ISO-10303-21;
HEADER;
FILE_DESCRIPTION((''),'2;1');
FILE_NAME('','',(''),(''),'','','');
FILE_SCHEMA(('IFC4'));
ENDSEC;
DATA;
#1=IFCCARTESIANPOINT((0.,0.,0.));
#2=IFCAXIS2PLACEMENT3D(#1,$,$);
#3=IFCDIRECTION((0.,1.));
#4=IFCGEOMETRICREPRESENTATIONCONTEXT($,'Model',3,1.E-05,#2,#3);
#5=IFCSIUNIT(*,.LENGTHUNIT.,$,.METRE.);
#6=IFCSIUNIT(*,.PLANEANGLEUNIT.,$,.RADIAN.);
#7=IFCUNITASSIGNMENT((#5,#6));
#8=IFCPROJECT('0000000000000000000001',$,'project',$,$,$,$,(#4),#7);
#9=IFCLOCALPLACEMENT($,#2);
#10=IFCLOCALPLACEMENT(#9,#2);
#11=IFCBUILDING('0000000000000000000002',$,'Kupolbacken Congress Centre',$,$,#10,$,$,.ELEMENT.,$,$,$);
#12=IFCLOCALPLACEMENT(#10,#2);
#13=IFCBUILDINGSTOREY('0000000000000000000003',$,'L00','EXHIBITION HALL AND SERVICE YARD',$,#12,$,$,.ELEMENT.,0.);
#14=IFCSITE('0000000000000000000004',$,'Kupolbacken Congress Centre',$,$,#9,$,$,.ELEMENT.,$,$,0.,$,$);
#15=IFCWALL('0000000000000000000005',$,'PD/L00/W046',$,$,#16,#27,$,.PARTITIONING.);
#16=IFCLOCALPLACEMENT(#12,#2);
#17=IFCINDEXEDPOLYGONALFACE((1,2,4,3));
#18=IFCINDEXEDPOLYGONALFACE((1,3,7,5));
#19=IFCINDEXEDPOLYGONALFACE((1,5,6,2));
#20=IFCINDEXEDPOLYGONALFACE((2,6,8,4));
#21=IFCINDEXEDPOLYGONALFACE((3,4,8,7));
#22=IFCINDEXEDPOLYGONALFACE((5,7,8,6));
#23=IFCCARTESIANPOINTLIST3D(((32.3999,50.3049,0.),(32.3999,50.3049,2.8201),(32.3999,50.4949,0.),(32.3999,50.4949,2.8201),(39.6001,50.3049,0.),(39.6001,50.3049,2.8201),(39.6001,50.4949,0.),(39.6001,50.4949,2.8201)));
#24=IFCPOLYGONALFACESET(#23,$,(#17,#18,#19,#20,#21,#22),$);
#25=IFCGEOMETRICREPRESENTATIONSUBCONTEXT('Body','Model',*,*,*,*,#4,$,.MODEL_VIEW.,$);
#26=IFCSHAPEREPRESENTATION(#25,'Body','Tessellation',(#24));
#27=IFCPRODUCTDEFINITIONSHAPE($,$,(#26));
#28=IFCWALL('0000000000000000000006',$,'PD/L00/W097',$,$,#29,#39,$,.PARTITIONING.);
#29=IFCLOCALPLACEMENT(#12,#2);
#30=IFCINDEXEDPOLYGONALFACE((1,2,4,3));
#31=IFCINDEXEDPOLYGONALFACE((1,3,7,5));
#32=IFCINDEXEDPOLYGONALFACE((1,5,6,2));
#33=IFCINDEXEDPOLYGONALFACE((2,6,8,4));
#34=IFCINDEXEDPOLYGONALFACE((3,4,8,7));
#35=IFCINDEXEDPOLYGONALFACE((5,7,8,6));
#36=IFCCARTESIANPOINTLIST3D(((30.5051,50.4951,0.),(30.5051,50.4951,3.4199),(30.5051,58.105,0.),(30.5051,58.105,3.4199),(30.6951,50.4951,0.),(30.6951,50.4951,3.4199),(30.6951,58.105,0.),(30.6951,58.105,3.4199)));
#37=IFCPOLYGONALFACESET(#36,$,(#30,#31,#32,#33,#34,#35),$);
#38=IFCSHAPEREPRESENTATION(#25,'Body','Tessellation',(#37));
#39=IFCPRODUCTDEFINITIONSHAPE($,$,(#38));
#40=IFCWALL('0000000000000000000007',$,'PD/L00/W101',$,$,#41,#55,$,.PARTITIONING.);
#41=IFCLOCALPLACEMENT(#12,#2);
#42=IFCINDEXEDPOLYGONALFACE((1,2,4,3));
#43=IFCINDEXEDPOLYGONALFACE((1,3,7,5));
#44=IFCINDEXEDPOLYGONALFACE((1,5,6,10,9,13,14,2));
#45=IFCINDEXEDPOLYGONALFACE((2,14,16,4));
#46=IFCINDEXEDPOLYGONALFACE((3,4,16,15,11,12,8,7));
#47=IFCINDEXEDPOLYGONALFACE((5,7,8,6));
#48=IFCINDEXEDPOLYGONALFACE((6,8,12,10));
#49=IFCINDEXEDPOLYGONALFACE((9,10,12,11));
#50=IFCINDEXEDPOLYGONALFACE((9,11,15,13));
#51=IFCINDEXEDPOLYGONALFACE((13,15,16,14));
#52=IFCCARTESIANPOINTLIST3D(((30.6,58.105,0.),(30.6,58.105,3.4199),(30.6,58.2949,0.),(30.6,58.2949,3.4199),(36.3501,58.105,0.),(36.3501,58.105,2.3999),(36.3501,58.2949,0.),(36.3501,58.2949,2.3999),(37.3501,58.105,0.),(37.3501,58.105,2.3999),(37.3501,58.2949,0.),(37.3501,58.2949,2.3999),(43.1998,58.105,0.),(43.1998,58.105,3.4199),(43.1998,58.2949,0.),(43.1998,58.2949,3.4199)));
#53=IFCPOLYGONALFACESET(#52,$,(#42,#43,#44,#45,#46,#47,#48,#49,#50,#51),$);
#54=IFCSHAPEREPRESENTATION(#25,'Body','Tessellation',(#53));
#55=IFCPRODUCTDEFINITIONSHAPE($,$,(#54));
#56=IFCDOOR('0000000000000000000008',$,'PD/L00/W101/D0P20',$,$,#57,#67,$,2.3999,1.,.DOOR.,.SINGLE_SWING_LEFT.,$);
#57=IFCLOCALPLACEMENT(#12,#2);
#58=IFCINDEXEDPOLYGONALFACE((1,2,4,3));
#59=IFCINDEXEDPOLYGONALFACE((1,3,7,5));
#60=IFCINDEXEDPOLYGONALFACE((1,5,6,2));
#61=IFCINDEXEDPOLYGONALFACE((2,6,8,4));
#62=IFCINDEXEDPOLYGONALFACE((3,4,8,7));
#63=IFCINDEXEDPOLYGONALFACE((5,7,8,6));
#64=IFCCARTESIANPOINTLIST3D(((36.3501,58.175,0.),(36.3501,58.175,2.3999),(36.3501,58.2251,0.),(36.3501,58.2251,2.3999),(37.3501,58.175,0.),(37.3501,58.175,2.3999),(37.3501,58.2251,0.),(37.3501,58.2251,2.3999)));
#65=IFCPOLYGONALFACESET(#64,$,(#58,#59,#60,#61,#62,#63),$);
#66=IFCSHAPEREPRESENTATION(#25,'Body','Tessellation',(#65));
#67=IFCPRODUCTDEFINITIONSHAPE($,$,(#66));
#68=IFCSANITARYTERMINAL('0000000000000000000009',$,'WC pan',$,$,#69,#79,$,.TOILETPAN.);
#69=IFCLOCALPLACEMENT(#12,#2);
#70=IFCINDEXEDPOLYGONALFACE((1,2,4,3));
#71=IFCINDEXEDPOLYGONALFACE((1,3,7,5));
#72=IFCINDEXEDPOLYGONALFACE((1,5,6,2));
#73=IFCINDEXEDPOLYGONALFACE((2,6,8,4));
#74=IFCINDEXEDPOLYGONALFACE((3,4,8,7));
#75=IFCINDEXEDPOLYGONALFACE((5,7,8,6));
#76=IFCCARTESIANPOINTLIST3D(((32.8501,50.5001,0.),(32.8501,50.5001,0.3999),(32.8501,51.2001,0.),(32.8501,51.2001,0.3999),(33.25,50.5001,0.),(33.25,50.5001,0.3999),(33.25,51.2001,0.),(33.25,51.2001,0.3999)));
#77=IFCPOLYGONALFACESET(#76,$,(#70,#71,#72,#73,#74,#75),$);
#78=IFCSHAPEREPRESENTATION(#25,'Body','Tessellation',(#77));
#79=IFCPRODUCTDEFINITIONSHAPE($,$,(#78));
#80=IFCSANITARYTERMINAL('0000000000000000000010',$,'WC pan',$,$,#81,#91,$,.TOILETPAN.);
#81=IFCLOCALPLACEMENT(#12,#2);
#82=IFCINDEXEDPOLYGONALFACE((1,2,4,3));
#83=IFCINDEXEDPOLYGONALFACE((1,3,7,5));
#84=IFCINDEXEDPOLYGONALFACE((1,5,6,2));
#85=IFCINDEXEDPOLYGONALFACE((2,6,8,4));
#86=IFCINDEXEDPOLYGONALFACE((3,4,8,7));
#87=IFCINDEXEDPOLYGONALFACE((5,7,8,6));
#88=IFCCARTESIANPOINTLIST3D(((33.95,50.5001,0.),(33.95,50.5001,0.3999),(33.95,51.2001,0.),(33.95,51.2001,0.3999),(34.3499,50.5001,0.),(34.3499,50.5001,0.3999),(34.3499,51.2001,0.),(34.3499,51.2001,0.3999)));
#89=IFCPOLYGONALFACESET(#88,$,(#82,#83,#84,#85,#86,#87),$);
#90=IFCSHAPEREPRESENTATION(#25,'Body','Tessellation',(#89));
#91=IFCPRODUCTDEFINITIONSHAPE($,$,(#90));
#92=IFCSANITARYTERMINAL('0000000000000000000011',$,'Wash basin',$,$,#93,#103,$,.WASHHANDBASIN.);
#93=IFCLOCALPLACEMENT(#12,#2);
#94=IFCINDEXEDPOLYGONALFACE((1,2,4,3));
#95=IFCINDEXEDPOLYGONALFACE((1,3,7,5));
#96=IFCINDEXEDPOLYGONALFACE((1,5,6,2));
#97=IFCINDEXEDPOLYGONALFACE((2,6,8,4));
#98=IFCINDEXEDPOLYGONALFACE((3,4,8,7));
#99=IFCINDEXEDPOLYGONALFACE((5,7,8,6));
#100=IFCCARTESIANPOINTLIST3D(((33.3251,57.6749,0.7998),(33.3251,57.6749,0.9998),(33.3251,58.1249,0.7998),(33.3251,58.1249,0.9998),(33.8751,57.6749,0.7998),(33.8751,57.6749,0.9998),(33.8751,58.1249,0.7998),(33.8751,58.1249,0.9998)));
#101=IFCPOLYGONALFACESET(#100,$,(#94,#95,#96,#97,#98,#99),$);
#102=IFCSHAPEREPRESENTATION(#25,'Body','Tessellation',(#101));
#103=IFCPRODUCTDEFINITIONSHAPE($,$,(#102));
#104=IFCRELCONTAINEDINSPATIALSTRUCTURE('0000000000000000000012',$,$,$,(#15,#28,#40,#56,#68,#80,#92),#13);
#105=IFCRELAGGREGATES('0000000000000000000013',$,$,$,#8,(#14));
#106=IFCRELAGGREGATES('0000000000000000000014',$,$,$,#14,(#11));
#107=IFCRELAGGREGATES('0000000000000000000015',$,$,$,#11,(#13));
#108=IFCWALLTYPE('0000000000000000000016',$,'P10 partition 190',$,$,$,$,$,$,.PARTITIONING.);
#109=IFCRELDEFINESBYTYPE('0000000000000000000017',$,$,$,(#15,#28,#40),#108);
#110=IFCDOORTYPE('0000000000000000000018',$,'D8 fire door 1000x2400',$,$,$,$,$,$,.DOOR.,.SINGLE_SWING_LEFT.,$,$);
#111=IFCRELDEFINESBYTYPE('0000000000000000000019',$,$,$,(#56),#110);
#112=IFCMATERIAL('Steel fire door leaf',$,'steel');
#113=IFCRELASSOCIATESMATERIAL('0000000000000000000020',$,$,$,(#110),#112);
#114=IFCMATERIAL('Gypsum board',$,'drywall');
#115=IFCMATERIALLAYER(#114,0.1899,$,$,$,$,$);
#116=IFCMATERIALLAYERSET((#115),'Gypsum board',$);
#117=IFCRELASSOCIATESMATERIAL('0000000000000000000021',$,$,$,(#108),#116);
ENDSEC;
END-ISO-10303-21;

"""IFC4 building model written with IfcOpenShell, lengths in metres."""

from ifc_helpers import new_model, si_unit, direction, frame, frame_2d, origin, origin_2d, place, context, subcontext, project, spatial, rectangle, extrude, material, layer, layer_set, type_object, element, fill, save


model = new_model("IFC4")

# Units and contexts
model_context = context("Model", 3, precision=1e-05, world=origin(), true_north=direction((0.0, 1.0)))
body_context = subcontext(model_context, "Body", "Model", "MODEL_VIEW")
ifc_project = project(units=[si_unit("LENGTHUNIT", "METRE"), si_unit("PLANEANGLEUNIT", "RADIAN")], contexts=[model_context])

# Site, building, storey
site_placement = place(None, origin())
site = spatial("IfcSite", under=ifc_project, at=site_placement, Name="Kupolbacken Congress Centre", CompositionType="ELEMENT", RefElevation=0.0)
building_placement = place(site_placement, origin())
building = spatial("IfcBuilding", under=site, at=building_placement, Name="Kupolbacken Congress Centre", CompositionType="ELEMENT")
storey_placement = place(building_placement, origin())
storey = spatial("IfcBuildingStorey", under=building, at=storey_placement, Name="L00", Description="EXHIBITION HALL AND SERVICE YARD", CompositionType="ELEMENT", Elevation=0.0)

# Shared definitions
ifc_material_1 = material(Name="Steel fire door leaf", Category="steel")
door_type_1 = type_object("IfcDoorType", Name="D8 fire door 1000x2400", OperationType="SINGLE_SWING_LEFT", PredefinedType="DOOR", material=ifc_material_1)

# Walls
ifc_material_2 = material(Name="Gypsum board", Category="drywall")
ifc_layer_1 = layer(ifc_material_2, 0.1899)
ifc_layer_set_1 = layer_set([ifc_layer_1], Name="Gypsum board")
wall_type_1 = type_object("IfcWallType", Name="P10 partition 190", PredefinedType="PARTITIONING", material=ifc_layer_set_1)
wall_1_placement = place(storey_placement, frame((32.3999, 50.3999, 0.0), z_axis=(0.0, 0.0, 1.0), x_axis=(1.0, 0.0, 0.0)))
element("IfcWall", 1, at=wall_1_placement, inside=storey, type_object=wall_type_1, Name="PD/L00/W046", PredefinedType="PARTITIONING", context=body_context, shape_type="SweptSolid", body=[
    extrude(rectangle(XDim=7.2002, YDim=0.1899, at=frame_2d((3.6001, 0.0))), origin(), (0.0, 0.0, 1.0), 2.8201),
])
wall_2_placement = place(storey_placement, frame((30.6001, 58.105, 0.0), z_axis=(0.0, 0.0, 1.0), x_axis=(0.0, -1.0, 0.0)))
element("IfcWall", 2, at=wall_2_placement, inside=storey, type_object=wall_type_1, Name="PD/L00/W097", PredefinedType="PARTITIONING", context=body_context, shape_type="SweptSolid", body=[
    extrude(rectangle(XDim=7.6099, YDim=0.1899, at=frame_2d((3.8049, 0.0))), origin(), (0.0, 0.0, 1.0), 3.4199),
])

# Wall, opening, door
wall_3_placement = place(storey_placement, frame((30.6001, 58.2, 0.0), z_axis=(0.0, 0.0, 1.0), x_axis=(1.0, 0.0, 0.0)))
wall_3 = element("IfcWall", 3, at=wall_3_placement, inside=storey, type_object=wall_type_1, Name="PD/L00/W101", PredefinedType="PARTITIONING", context=body_context, shape_type="SweptSolid", body=[
    extrude(rectangle(XDim=12.5999, YDim=0.1899, at=frame_2d((6.2998, 0.0))), origin(), (0.0, 0.0, 1.0), 3.4199),
])
opening_1_placement = place(wall_3_placement, frame((5.75, 0.0, 0.0)))
opening_1 = element("IfcOpeningElement", 4, at=opening_1_placement, cuts=wall_3, PredefinedType="OPENING", context=body_context, shape_type="SweptSolid", body=[
    extrude(rectangle(XDim=1.0, YDim=2.3999, at=frame_2d((0.5, 1.2))), frame((0.0, 0.105, 0.0), z_axis=(0.0, -1.0, 0.0), x_axis=(1.0, 0.0, 0.0)), (0.0, 0.0, 1.0), 0.21),
])
door_1_placement = place(opening_1_placement, frame((1.0, 0.0, 0.0), z_axis=(0.0, 0.0, 1.0), x_axis=(-1.0, 0.0, 0.0)))
door_1 = element("IfcDoor", 5, at=door_1_placement, inside=storey, type_object=door_type_1, Name="PD/L00/W101/D0P20", OperationType="SINGLE_SWING_LEFT", OverallHeight=2.3999, OverallWidth=1.0, PredefinedType="DOOR", context=body_context, shape_type="SweptSolid", body=[
    extrude(rectangle(XDim=1.0, YDim=2.3999, at=frame_2d((0.5, 1.2))), frame((0.0, 0.0249, 0.0), z_axis=(0.0, -1.0, 0.0), x_axis=(1.0, 0.0, 0.0)), (0.0, 0.0, 1.0), 0.05),
])
fill(opening_1, door_1)

# Sanitary terminals
for number, where, z_axis, x_axis, name in (
    (6, (33.05, 50.8501, 0.0), (0.0, 0.0, 1.0), (1.0, 0.0, 0.0), "WC pan"),
    (7, (34.1499, 50.8501, 0.0), (0.0, 0.0, 1.0), (1.0, 0.0, 0.0), "WC pan"),
):
    element("IfcSanitaryTerminal", number, at=place(storey_placement, frame(where, z_axis=z_axis, x_axis=x_axis)), inside=storey, Name=name, PredefinedType="TOILETPAN", context=body_context, shape_type="SweptSolid", body=[
        extrude(rectangle(XDim=0.3999, YDim=0.7, at=origin_2d()), origin(), (0.0, 0.0, 1.0), 0.3999),
    ])
sanitary_terminal_placement = place(storey_placement, frame((33.6001, 57.8999, 0.7998), z_axis=(0.0, 0.0, 1.0), x_axis=(1.0, 0.0, 0.0)))
element("IfcSanitaryTerminal", 8, at=sanitary_terminal_placement, inside=storey, Name="Wash basin", PredefinedType="WASHHANDBASIN", context=body_context, shape_type="SweptSolid", body=[
    extrude(rectangle(XDim=0.55, YDim=0.45, at=origin_2d()), origin(), (0.0, 0.0, 1.0), 0.2),
])

save(model, "model.ifc")
